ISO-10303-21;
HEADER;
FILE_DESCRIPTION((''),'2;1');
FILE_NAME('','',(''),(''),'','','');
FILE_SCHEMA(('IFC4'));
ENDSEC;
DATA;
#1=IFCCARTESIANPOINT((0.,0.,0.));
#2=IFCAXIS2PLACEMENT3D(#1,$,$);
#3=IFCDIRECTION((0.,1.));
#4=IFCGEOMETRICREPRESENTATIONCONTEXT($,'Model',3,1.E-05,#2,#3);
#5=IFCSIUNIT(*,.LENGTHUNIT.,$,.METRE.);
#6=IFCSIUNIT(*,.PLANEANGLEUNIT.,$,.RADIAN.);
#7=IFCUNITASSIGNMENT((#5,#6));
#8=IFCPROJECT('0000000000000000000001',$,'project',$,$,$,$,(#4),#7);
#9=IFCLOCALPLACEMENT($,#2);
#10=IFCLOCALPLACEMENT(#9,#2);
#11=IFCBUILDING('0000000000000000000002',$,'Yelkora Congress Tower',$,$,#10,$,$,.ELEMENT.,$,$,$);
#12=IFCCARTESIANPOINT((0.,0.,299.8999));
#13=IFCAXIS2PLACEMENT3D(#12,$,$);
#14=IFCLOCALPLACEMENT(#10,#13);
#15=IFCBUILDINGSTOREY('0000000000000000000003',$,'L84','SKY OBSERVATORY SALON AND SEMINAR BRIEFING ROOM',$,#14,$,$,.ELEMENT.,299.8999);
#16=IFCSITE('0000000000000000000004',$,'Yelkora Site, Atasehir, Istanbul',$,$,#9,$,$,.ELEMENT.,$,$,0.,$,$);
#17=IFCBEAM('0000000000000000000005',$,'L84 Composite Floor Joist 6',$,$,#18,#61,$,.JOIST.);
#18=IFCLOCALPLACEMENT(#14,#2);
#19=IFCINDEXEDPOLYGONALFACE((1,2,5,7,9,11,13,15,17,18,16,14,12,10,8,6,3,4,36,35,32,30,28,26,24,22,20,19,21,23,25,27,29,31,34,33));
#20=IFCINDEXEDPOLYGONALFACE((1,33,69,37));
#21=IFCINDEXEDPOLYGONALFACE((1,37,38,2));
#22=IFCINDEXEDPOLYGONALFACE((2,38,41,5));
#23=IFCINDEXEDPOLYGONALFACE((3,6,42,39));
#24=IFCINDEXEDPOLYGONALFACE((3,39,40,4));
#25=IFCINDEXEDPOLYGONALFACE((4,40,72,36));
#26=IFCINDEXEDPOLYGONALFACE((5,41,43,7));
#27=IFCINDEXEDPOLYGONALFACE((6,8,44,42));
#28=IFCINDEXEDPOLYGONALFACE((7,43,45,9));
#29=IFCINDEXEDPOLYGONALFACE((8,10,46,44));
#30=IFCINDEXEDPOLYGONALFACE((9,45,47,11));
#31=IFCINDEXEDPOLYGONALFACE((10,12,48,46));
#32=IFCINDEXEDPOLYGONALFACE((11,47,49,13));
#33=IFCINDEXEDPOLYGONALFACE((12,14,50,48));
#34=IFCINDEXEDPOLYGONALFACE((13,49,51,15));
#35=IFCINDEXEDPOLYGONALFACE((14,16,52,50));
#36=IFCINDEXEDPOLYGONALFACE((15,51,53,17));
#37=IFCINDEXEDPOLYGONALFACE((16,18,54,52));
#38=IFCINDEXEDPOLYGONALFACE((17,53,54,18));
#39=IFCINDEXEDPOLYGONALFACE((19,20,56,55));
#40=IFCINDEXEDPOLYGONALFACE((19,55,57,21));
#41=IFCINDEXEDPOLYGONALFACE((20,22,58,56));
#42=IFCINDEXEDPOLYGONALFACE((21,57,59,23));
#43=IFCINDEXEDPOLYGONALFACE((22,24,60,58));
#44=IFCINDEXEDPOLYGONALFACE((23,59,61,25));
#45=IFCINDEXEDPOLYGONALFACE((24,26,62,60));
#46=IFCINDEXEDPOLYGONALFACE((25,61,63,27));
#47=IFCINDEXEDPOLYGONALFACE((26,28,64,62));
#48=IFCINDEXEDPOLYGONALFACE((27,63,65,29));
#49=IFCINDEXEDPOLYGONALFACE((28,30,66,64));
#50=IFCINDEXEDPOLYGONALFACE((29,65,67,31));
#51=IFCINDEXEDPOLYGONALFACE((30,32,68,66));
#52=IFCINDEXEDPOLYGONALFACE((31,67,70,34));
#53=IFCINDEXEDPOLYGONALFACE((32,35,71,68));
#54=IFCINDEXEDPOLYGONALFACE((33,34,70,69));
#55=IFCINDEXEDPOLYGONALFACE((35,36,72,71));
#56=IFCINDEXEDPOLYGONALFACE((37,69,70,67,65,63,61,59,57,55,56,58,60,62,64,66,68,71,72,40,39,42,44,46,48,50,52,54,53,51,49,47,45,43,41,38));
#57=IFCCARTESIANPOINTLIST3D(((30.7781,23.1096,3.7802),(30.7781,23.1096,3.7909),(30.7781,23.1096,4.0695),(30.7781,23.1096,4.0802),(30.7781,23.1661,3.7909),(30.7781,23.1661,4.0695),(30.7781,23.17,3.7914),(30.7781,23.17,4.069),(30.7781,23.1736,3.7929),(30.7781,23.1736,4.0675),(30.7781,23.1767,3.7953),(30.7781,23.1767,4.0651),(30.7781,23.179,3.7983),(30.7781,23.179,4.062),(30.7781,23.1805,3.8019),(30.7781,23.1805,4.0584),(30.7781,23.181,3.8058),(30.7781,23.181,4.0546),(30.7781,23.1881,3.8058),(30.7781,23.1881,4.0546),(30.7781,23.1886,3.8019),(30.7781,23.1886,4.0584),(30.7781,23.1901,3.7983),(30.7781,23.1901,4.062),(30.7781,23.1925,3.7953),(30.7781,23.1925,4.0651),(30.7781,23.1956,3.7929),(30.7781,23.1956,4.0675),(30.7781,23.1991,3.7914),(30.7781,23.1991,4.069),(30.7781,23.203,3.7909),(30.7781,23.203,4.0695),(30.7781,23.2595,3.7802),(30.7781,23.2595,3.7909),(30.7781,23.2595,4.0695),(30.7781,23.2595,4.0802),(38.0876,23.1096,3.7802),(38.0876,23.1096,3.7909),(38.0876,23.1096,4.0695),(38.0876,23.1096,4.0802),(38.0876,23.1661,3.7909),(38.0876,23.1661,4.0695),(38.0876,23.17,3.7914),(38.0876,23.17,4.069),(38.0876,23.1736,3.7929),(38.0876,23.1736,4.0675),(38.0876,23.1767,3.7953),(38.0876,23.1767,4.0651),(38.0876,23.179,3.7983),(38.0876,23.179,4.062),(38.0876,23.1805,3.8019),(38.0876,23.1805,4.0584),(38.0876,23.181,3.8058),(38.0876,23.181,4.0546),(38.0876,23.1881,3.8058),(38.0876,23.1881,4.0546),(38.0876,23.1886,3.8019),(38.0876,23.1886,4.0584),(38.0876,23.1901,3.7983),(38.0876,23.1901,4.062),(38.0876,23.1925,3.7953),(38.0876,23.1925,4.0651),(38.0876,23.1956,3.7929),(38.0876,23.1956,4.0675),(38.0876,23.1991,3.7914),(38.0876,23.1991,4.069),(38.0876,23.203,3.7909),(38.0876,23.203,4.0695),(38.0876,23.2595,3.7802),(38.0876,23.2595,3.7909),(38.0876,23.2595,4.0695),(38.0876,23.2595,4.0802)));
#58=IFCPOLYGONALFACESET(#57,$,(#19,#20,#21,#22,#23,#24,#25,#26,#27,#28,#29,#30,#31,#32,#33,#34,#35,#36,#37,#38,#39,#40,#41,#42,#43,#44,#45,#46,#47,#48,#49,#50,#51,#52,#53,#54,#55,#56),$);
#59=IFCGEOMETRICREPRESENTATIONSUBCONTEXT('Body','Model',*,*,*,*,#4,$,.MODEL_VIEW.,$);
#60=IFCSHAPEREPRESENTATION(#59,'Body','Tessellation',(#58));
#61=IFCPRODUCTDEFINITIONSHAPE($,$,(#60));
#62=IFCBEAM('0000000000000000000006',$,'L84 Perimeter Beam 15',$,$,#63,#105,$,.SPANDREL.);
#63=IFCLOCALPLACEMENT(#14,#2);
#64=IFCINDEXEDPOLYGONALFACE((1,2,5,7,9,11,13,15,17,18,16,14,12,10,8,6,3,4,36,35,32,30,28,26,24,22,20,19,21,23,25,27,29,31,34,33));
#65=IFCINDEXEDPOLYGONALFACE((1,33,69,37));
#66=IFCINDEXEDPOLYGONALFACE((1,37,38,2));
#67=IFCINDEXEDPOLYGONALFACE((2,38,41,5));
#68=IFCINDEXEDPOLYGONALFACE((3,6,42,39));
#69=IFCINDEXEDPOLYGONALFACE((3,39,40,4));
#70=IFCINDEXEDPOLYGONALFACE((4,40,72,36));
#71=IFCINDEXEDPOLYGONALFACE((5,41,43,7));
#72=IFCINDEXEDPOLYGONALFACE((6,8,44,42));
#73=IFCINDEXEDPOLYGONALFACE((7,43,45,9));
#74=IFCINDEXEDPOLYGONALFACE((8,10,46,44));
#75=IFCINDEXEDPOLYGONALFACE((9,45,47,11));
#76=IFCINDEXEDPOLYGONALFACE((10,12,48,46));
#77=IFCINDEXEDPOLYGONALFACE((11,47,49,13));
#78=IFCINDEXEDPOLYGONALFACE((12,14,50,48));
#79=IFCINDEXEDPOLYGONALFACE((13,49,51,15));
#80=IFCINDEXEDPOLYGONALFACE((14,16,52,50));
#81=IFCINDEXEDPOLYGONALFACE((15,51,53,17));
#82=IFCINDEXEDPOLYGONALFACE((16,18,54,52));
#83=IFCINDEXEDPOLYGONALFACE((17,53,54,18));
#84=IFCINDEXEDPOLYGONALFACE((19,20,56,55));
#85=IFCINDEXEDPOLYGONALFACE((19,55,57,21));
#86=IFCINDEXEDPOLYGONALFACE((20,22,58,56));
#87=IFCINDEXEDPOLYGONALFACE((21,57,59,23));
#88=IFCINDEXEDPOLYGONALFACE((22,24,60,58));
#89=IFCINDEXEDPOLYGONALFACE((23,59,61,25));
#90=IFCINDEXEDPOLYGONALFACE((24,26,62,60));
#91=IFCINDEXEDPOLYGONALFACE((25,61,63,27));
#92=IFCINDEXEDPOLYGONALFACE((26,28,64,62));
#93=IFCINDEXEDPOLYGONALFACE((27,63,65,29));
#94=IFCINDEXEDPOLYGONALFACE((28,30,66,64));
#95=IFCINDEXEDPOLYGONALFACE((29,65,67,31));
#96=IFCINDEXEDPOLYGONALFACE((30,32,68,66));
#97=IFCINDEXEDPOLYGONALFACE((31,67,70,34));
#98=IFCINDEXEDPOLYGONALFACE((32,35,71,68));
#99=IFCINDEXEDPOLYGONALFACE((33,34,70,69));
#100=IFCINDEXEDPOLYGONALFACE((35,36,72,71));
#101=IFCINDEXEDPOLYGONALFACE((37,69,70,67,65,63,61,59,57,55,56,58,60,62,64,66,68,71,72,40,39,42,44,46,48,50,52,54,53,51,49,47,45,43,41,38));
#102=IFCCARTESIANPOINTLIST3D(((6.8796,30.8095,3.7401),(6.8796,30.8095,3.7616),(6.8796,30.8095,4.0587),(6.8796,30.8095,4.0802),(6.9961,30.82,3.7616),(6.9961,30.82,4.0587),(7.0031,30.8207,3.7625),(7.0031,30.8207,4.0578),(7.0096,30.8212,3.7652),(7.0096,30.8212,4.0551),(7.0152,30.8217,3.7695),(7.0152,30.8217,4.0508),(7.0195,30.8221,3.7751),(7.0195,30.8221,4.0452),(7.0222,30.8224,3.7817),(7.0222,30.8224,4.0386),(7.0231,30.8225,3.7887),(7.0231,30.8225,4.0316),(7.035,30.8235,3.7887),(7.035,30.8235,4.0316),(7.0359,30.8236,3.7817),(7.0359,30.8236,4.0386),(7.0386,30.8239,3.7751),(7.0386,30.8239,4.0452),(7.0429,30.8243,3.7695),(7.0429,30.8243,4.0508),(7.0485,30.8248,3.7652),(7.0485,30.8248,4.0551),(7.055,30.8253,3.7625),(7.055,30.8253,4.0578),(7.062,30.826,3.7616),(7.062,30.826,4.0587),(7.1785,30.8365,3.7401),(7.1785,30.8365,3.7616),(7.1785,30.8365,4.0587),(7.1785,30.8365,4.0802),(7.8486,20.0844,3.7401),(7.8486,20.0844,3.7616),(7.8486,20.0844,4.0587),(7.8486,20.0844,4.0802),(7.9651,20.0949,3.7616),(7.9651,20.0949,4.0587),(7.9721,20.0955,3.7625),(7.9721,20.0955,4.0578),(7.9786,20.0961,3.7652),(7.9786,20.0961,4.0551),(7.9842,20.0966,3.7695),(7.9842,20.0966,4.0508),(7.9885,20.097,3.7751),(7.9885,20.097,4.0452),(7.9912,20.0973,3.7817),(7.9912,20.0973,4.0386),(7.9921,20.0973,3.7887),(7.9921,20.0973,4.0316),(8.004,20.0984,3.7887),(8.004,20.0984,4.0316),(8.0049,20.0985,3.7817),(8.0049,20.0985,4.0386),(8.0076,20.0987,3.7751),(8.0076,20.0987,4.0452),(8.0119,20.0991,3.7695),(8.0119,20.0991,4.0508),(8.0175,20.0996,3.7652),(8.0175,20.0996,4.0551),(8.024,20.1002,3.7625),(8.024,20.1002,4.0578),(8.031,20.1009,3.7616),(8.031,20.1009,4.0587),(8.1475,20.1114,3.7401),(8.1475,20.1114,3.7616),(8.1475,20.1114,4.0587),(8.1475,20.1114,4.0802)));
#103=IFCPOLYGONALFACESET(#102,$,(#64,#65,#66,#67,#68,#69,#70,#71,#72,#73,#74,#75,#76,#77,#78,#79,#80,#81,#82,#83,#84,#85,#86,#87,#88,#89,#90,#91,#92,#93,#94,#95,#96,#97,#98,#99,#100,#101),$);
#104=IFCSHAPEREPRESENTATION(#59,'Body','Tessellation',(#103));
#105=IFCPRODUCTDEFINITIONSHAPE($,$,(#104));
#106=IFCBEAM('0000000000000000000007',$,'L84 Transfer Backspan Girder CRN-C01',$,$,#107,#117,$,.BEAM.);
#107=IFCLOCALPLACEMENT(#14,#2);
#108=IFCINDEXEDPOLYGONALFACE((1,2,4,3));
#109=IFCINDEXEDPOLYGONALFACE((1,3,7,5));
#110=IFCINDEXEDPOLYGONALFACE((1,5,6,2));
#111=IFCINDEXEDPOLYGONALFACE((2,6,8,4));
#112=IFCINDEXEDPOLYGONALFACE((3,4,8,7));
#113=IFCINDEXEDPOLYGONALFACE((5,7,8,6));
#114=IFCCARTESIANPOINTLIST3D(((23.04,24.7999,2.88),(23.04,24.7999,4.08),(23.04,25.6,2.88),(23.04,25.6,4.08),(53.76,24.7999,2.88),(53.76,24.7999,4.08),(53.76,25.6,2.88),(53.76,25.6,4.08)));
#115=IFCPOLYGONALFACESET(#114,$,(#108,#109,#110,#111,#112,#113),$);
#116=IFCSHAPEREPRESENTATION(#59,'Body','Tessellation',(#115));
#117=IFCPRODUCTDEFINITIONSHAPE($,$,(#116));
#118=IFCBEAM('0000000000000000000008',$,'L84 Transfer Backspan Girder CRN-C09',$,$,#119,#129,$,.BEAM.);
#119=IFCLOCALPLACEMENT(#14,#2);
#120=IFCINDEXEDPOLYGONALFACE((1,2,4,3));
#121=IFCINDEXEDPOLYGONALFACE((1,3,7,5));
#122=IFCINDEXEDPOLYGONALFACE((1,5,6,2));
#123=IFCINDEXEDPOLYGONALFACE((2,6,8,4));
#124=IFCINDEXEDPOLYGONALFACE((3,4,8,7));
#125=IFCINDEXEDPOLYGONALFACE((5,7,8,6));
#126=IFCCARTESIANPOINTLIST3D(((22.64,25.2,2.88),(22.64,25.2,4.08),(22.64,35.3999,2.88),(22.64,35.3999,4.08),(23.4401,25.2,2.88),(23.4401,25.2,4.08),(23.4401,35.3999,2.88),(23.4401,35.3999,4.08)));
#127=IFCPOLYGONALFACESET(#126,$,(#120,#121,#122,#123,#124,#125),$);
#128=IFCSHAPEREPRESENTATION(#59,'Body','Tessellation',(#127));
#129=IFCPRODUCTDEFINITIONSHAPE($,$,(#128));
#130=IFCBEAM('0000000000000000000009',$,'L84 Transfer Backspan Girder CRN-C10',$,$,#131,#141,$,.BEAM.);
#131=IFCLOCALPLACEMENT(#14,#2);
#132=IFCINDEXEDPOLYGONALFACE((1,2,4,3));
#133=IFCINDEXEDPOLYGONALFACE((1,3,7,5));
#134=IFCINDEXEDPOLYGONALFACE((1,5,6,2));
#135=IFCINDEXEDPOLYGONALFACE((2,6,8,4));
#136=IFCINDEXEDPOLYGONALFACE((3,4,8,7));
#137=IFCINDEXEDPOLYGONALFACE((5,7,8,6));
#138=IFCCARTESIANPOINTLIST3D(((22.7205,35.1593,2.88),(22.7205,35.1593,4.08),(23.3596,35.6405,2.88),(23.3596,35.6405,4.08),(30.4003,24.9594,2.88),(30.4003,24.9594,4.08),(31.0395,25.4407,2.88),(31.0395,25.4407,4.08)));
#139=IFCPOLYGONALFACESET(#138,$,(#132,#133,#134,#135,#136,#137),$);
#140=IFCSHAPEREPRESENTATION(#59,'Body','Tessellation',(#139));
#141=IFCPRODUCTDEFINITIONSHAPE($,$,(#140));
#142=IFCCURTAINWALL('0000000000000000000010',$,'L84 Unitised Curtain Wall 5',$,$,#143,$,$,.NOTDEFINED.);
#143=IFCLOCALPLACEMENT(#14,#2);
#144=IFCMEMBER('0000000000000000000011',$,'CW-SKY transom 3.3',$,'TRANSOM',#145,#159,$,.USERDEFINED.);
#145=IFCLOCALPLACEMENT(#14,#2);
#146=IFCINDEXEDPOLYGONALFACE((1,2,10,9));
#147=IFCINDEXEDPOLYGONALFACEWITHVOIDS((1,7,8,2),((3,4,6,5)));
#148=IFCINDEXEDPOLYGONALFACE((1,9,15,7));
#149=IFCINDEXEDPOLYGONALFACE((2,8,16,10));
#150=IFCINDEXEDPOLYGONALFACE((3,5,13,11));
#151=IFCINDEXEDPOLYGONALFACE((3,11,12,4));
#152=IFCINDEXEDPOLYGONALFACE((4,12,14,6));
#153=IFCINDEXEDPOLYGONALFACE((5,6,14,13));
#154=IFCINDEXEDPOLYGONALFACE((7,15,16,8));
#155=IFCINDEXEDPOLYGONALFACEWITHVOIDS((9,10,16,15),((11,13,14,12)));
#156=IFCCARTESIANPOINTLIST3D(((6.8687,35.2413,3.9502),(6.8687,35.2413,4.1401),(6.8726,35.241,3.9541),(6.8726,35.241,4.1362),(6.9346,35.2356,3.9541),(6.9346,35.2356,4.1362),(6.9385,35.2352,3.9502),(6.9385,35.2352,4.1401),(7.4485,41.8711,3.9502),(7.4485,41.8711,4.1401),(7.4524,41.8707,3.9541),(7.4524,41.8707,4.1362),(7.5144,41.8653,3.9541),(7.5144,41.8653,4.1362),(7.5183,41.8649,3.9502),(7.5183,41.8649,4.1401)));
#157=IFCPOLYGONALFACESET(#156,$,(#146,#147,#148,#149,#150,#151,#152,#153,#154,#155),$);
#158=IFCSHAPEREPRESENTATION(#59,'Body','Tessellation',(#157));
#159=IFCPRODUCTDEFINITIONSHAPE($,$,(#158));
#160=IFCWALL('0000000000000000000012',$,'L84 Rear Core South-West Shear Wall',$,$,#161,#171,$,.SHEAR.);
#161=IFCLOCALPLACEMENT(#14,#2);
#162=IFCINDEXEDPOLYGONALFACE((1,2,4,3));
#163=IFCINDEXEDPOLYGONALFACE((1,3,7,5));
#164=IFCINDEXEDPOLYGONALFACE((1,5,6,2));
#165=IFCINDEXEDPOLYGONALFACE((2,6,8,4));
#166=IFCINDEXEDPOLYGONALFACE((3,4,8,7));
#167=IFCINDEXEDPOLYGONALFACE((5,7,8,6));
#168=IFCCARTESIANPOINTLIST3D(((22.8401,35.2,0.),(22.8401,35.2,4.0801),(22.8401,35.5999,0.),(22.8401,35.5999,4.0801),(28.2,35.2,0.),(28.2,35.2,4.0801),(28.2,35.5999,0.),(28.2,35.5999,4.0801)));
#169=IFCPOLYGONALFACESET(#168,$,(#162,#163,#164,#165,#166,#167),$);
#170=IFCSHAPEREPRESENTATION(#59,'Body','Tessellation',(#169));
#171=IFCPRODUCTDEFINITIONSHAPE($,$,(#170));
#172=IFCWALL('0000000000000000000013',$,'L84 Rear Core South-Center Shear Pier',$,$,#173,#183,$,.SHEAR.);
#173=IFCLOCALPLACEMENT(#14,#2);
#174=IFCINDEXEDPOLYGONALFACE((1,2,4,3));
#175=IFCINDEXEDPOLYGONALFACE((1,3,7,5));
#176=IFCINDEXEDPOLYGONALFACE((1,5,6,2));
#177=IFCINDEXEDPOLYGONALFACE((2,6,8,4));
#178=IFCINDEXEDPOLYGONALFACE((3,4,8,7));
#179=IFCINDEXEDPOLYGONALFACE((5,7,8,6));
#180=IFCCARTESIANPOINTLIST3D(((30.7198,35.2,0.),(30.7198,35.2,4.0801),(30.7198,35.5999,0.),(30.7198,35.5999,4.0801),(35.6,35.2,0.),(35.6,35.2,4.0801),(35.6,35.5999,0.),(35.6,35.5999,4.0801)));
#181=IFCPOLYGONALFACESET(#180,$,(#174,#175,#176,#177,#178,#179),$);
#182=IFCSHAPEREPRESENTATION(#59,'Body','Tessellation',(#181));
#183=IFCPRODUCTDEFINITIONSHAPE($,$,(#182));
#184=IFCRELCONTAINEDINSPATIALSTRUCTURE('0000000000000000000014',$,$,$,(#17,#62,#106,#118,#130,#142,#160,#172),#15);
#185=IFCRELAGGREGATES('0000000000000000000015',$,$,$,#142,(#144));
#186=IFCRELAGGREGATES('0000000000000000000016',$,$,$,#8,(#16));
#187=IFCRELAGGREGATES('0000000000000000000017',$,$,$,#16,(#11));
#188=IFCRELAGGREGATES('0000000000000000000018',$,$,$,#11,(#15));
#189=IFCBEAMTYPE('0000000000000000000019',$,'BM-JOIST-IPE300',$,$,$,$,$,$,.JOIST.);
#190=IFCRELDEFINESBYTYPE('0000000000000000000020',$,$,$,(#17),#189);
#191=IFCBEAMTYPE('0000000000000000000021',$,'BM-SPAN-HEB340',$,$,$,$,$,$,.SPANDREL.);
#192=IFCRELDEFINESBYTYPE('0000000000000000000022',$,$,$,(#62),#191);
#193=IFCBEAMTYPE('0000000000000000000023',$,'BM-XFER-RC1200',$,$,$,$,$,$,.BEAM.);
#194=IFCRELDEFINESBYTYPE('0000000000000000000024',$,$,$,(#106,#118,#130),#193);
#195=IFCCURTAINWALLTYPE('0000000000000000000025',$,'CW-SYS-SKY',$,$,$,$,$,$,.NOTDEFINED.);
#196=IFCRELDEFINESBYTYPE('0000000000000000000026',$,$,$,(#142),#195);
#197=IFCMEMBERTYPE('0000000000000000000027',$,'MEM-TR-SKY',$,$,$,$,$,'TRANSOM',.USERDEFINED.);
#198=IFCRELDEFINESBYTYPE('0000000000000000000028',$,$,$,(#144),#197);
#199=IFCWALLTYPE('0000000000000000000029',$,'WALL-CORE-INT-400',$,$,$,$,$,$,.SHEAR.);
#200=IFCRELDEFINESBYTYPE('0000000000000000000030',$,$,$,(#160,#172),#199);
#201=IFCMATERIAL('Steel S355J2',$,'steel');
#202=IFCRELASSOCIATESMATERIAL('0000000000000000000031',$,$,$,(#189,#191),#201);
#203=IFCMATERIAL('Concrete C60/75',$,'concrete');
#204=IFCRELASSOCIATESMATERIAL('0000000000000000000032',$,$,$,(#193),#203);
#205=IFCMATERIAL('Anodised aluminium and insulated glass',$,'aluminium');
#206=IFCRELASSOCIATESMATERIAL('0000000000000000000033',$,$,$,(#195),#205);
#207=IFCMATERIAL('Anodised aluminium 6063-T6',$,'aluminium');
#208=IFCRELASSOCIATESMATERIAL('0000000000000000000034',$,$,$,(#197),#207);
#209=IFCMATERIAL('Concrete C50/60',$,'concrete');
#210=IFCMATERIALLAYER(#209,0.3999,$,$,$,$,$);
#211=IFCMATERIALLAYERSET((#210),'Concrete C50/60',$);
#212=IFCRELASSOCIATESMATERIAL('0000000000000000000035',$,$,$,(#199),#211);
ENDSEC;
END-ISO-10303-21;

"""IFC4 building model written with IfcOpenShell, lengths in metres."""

from ifc_helpers import new_model, si_unit, direction, frame, frame_2d, origin, origin_2d, place, context, subcontext, project, spatial, rectangle, hollow_rectangle, i_section, extrude, material, layer, layer_set, material_profile, profile_set, type_object, element, aggregate, save


model = new_model("IFC4")

# Units and contexts
model_context = context("Model", 3, precision=1e-05, world=origin(), true_north=direction((0.0, 1.0)))
body_context = subcontext(model_context, "Body", "Model", "MODEL_VIEW")
ifc_project = project(units=[si_unit("LENGTHUNIT", "METRE"), si_unit("PLANEANGLEUNIT", "RADIAN")], contexts=[model_context])

# Site, building, storey
site_placement = place(None, origin())
site = spatial("IfcSite", under=ifc_project, at=site_placement, Name="Yelkora Site, Atasehir, Istanbul", CompositionType="ELEMENT", RefElevation=0.0)
building_placement = place(site_placement, origin())
building = spatial("IfcBuilding", under=site, at=building_placement, Name="Yelkora Congress Tower", CompositionType="ELEMENT")
storey_placement = place(building_placement, frame((0.0, 0.0, 299.8999)))
storey = spatial("IfcBuildingStorey", under=building, at=storey_placement, Name="L84", Description="SKY OBSERVATORY SALON AND SEMINAR BRIEFING ROOM", CompositionType="ELEMENT", Elevation=299.8999)

# Shared definitions
ifc_material_1 = material(Name="Steel S355J2", Category="steel")

# Beams
ifc_material_profile_1 = material_profile(ifc_material_1, i_section(OverallWidth=0.1499, OverallDepth=0.3, WebThickness=0.0071, FlangeThickness=0.0107, FilletRadius=0.0149, at=origin_2d()), Name="IPE 300")
ifc_profile_set_1 = profile_set([ifc_material_profile_1], Name="Steel S355J2")
beam_type_1 = type_object("IfcBeamType", Name="BM-JOIST-IPE300", PredefinedType="JOIST", material=ifc_profile_set_1)
beam_1_placement = place(storey_placement, frame((30.7781, 23.1846, 3.9302), z_axis=(1.0, 0.0, 0.0), x_axis=(0.0, 1.0, 0.0)))
element("IfcBeam", 1, at=beam_1_placement, inside=storey, type_object=beam_type_1, Name="L84 Composite Floor Joist 6", PredefinedType="JOIST", context=body_context, shape_type="SweptSolid", body=[
    extrude(i_section(OverallWidth=0.1499, OverallDepth=0.3, WebThickness=0.0071, FlangeThickness=0.0107, FilletRadius=0.0149, at=origin_2d()), origin(), (0.0, 0.0, 1.0), 7.3096),
])
ifc_material_profile_2 = material_profile(ifc_material_1, i_section(OverallWidth=0.3, OverallDepth=0.3401, WebThickness=0.012, FlangeThickness=0.0215, FilletRadius=0.0271, at=origin_2d()), Name="HEB 340")
ifc_profile_set_2 = profile_set([ifc_material_profile_2], Name="Steel S355J2")
beam_type_2 = type_object("IfcBeamType", Name="BM-SPAN-HEB340", PredefinedType="SPANDREL", material=ifc_profile_set_2)
beam_2_placement = place(storey_placement, frame((7.0291, 30.823, 3.9102), z_axis=(0.089982, -0.995943, 0.0), x_axis=(0.995943, 0.089982, 0.0)))
element("IfcBeam", 2, at=beam_2_placement, inside=storey, type_object=beam_type_2, Name="L84 Perimeter Beam 15", PredefinedType="SPANDREL", context=body_context, shape_type="SweptSolid", body=[
    extrude(i_section(OverallWidth=0.3, OverallDepth=0.3401, WebThickness=0.012, FlangeThickness=0.0215, FilletRadius=0.0271, at=origin_2d()), origin(), (0.0, 0.0, 1.0), 10.7688),
])
ifc_material_2 = material(Name="Concrete C60/75", Category="concrete")
ifc_material_profile_3 = material_profile(ifc_material_2, rectangle(XDim=0.8, YDim=1.2, at=origin_2d()), Name="RC 800x1200")
ifc_profile_set_3 = profile_set([ifc_material_profile_3], Name="Concrete C60/75")
beam_type_3 = type_object("IfcBeamType", Name="BM-XFER-RC1200", PredefinedType="BEAM", material=ifc_profile_set_3)
beam_3_placement = place(storey_placement, frame((23.04, 25.2, 3.48), z_axis=(1.0, 0.0, 0.0), x_axis=(0.0, 1.0, 0.0)))
element("IfcBeam", 3, at=beam_3_placement, inside=storey, type_object=beam_type_3, Name="L84 Transfer Backspan Girder CRN-C01", PredefinedType="BEAM", context=body_context, shape_type="SweptSolid", body=[
    extrude(rectangle(XDim=0.8, YDim=1.2, at=origin_2d()), origin(), (0.0, 0.0, 1.0), 30.72),
])
beam_4_placement = place(storey_placement, frame((23.04, 35.3999, 3.48), z_axis=(0.0, -1.0, 0.0), x_axis=(1.0, 0.0, 0.0)))
element("IfcBeam", 4, at=beam_4_placement, inside=storey, type_object=beam_type_3, Name="L84 Transfer Backspan Girder CRN-C09", PredefinedType="BEAM", context=body_context, shape_type="SweptSolid", body=[
    extrude(rectangle(XDim=0.8, YDim=1.2, at=origin_2d()), origin(), (0.0, 0.0, 1.0), 10.2),
])
beam_5_placement = place(storey_placement, frame((23.04, 35.3999, 3.48), z_axis=(0.601501, -0.798872, 0.0), x_axis=(0.798872, 0.601501, 0.0)))
element("IfcBeam", 5, at=beam_5_placement, inside=storey, type_object=beam_type_3, Name="L84 Transfer Backspan Girder CRN-C10", PredefinedType="BEAM", context=body_context, shape_type="SweptSolid", body=[
    extrude(rectangle(XDim=0.8, YDim=1.2, at=origin_2d()), origin(), (0.0, 0.0, 1.0), 12.7678),
])

# Curtain wall, member
ifc_material_3 = material(Name="Anodised aluminium and insulated glass", Category="aluminium")
curtain_wall_type = type_object("IfcCurtainWallType", Name="CW-SYS-SKY", PredefinedType="NOTDEFINED", material=ifc_material_3)
curtain_wall_placement = place(storey_placement, origin())
curtain_wall = element("IfcCurtainWall", 6, at=curtain_wall_placement, inside=storey, type_object=curtain_wall_type, Name="L84 Unitised Curtain Wall 5", PredefinedType="NOTDEFINED")
ifc_material_4 = material(Name="Anodised aluminium 6063-T6", Category="aluminium")
ifc_material_profile_4 = material_profile(ifc_material_4, hollow_rectangle(XDim=0.0701, YDim=0.1899, WallThickness=0.0039, at=origin_2d()), Name="ALU 70x190x4")
ifc_profile_set_4 = profile_set([ifc_material_profile_4], Name="Anodised aluminium 6063-T6")
member_type = type_object("IfcMemberType", Name="MEM-TR-SKY", ElementType="TRANSOM", PredefinedType="USERDEFINED", material=ifc_profile_set_4)
member_placement = place(storey_placement, frame((6.9036, 35.2383, 4.0452), z_axis=(0.087128, 0.996197, 0.0), x_axis=(-0.996197, 0.087128, 0.0)))
member = element("IfcMember", 7, at=member_placement, type_object=member_type, Name="CW-SKY transom 3.3", ObjectType="TRANSOM", PredefinedType="USERDEFINED", context=body_context, shape_type="SweptSolid", body=[
    extrude(hollow_rectangle(XDim=0.0701, YDim=0.1899, WallThickness=0.0039, at=origin_2d()), origin(), (0.0, 0.0, 1.0), 6.655),
])
aggregate(curtain_wall, [member])

# Walls
ifc_material_5 = material(Name="Concrete C50/60", Category="concrete")
ifc_layer_1 = layer(ifc_material_5, 0.3999)
ifc_layer_set_1 = layer_set([ifc_layer_1], Name="Concrete C50/60")
wall_type_1 = type_object("IfcWallType", Name="WALL-CORE-INT-400", PredefinedType="SHEAR", material=ifc_layer_set_1)
wall_1_placement = place(storey_placement, frame((22.8401, 35.3999, 0.0), z_axis=(0.0, 0.0, 1.0), x_axis=(1.0, 0.0, 0.0)))
element("IfcWall", 8, at=wall_1_placement, inside=storey, type_object=wall_type_1, Name="L84 Rear Core South-West Shear Wall", PredefinedType="SHEAR", context=body_context, shape_type="SweptSolid", body=[
    extrude(rectangle(XDim=5.3599, YDim=0.3999, at=frame_2d((2.6799, 0.0))), origin(), (0.0, 0.0, 1.0), 4.0801),
])
wall_2_placement = place(storey_placement, frame((30.72, 35.3999, 0.0), z_axis=(0.0, 0.0, 1.0), x_axis=(1.0, 0.0, 0.0)))
element("IfcWall", 9, at=wall_2_placement, inside=storey, type_object=wall_type_1, Name="L84 Rear Core South-Center Shear Pier", PredefinedType="SHEAR", context=body_context, shape_type="SweptSolid", body=[
    extrude(rectangle(XDim=4.8801, YDim=0.3999, at=frame_2d((2.4399, 0.0))), origin(), (0.0, 0.0, 1.0), 4.0801),
])

save(model, "model.ifc")
